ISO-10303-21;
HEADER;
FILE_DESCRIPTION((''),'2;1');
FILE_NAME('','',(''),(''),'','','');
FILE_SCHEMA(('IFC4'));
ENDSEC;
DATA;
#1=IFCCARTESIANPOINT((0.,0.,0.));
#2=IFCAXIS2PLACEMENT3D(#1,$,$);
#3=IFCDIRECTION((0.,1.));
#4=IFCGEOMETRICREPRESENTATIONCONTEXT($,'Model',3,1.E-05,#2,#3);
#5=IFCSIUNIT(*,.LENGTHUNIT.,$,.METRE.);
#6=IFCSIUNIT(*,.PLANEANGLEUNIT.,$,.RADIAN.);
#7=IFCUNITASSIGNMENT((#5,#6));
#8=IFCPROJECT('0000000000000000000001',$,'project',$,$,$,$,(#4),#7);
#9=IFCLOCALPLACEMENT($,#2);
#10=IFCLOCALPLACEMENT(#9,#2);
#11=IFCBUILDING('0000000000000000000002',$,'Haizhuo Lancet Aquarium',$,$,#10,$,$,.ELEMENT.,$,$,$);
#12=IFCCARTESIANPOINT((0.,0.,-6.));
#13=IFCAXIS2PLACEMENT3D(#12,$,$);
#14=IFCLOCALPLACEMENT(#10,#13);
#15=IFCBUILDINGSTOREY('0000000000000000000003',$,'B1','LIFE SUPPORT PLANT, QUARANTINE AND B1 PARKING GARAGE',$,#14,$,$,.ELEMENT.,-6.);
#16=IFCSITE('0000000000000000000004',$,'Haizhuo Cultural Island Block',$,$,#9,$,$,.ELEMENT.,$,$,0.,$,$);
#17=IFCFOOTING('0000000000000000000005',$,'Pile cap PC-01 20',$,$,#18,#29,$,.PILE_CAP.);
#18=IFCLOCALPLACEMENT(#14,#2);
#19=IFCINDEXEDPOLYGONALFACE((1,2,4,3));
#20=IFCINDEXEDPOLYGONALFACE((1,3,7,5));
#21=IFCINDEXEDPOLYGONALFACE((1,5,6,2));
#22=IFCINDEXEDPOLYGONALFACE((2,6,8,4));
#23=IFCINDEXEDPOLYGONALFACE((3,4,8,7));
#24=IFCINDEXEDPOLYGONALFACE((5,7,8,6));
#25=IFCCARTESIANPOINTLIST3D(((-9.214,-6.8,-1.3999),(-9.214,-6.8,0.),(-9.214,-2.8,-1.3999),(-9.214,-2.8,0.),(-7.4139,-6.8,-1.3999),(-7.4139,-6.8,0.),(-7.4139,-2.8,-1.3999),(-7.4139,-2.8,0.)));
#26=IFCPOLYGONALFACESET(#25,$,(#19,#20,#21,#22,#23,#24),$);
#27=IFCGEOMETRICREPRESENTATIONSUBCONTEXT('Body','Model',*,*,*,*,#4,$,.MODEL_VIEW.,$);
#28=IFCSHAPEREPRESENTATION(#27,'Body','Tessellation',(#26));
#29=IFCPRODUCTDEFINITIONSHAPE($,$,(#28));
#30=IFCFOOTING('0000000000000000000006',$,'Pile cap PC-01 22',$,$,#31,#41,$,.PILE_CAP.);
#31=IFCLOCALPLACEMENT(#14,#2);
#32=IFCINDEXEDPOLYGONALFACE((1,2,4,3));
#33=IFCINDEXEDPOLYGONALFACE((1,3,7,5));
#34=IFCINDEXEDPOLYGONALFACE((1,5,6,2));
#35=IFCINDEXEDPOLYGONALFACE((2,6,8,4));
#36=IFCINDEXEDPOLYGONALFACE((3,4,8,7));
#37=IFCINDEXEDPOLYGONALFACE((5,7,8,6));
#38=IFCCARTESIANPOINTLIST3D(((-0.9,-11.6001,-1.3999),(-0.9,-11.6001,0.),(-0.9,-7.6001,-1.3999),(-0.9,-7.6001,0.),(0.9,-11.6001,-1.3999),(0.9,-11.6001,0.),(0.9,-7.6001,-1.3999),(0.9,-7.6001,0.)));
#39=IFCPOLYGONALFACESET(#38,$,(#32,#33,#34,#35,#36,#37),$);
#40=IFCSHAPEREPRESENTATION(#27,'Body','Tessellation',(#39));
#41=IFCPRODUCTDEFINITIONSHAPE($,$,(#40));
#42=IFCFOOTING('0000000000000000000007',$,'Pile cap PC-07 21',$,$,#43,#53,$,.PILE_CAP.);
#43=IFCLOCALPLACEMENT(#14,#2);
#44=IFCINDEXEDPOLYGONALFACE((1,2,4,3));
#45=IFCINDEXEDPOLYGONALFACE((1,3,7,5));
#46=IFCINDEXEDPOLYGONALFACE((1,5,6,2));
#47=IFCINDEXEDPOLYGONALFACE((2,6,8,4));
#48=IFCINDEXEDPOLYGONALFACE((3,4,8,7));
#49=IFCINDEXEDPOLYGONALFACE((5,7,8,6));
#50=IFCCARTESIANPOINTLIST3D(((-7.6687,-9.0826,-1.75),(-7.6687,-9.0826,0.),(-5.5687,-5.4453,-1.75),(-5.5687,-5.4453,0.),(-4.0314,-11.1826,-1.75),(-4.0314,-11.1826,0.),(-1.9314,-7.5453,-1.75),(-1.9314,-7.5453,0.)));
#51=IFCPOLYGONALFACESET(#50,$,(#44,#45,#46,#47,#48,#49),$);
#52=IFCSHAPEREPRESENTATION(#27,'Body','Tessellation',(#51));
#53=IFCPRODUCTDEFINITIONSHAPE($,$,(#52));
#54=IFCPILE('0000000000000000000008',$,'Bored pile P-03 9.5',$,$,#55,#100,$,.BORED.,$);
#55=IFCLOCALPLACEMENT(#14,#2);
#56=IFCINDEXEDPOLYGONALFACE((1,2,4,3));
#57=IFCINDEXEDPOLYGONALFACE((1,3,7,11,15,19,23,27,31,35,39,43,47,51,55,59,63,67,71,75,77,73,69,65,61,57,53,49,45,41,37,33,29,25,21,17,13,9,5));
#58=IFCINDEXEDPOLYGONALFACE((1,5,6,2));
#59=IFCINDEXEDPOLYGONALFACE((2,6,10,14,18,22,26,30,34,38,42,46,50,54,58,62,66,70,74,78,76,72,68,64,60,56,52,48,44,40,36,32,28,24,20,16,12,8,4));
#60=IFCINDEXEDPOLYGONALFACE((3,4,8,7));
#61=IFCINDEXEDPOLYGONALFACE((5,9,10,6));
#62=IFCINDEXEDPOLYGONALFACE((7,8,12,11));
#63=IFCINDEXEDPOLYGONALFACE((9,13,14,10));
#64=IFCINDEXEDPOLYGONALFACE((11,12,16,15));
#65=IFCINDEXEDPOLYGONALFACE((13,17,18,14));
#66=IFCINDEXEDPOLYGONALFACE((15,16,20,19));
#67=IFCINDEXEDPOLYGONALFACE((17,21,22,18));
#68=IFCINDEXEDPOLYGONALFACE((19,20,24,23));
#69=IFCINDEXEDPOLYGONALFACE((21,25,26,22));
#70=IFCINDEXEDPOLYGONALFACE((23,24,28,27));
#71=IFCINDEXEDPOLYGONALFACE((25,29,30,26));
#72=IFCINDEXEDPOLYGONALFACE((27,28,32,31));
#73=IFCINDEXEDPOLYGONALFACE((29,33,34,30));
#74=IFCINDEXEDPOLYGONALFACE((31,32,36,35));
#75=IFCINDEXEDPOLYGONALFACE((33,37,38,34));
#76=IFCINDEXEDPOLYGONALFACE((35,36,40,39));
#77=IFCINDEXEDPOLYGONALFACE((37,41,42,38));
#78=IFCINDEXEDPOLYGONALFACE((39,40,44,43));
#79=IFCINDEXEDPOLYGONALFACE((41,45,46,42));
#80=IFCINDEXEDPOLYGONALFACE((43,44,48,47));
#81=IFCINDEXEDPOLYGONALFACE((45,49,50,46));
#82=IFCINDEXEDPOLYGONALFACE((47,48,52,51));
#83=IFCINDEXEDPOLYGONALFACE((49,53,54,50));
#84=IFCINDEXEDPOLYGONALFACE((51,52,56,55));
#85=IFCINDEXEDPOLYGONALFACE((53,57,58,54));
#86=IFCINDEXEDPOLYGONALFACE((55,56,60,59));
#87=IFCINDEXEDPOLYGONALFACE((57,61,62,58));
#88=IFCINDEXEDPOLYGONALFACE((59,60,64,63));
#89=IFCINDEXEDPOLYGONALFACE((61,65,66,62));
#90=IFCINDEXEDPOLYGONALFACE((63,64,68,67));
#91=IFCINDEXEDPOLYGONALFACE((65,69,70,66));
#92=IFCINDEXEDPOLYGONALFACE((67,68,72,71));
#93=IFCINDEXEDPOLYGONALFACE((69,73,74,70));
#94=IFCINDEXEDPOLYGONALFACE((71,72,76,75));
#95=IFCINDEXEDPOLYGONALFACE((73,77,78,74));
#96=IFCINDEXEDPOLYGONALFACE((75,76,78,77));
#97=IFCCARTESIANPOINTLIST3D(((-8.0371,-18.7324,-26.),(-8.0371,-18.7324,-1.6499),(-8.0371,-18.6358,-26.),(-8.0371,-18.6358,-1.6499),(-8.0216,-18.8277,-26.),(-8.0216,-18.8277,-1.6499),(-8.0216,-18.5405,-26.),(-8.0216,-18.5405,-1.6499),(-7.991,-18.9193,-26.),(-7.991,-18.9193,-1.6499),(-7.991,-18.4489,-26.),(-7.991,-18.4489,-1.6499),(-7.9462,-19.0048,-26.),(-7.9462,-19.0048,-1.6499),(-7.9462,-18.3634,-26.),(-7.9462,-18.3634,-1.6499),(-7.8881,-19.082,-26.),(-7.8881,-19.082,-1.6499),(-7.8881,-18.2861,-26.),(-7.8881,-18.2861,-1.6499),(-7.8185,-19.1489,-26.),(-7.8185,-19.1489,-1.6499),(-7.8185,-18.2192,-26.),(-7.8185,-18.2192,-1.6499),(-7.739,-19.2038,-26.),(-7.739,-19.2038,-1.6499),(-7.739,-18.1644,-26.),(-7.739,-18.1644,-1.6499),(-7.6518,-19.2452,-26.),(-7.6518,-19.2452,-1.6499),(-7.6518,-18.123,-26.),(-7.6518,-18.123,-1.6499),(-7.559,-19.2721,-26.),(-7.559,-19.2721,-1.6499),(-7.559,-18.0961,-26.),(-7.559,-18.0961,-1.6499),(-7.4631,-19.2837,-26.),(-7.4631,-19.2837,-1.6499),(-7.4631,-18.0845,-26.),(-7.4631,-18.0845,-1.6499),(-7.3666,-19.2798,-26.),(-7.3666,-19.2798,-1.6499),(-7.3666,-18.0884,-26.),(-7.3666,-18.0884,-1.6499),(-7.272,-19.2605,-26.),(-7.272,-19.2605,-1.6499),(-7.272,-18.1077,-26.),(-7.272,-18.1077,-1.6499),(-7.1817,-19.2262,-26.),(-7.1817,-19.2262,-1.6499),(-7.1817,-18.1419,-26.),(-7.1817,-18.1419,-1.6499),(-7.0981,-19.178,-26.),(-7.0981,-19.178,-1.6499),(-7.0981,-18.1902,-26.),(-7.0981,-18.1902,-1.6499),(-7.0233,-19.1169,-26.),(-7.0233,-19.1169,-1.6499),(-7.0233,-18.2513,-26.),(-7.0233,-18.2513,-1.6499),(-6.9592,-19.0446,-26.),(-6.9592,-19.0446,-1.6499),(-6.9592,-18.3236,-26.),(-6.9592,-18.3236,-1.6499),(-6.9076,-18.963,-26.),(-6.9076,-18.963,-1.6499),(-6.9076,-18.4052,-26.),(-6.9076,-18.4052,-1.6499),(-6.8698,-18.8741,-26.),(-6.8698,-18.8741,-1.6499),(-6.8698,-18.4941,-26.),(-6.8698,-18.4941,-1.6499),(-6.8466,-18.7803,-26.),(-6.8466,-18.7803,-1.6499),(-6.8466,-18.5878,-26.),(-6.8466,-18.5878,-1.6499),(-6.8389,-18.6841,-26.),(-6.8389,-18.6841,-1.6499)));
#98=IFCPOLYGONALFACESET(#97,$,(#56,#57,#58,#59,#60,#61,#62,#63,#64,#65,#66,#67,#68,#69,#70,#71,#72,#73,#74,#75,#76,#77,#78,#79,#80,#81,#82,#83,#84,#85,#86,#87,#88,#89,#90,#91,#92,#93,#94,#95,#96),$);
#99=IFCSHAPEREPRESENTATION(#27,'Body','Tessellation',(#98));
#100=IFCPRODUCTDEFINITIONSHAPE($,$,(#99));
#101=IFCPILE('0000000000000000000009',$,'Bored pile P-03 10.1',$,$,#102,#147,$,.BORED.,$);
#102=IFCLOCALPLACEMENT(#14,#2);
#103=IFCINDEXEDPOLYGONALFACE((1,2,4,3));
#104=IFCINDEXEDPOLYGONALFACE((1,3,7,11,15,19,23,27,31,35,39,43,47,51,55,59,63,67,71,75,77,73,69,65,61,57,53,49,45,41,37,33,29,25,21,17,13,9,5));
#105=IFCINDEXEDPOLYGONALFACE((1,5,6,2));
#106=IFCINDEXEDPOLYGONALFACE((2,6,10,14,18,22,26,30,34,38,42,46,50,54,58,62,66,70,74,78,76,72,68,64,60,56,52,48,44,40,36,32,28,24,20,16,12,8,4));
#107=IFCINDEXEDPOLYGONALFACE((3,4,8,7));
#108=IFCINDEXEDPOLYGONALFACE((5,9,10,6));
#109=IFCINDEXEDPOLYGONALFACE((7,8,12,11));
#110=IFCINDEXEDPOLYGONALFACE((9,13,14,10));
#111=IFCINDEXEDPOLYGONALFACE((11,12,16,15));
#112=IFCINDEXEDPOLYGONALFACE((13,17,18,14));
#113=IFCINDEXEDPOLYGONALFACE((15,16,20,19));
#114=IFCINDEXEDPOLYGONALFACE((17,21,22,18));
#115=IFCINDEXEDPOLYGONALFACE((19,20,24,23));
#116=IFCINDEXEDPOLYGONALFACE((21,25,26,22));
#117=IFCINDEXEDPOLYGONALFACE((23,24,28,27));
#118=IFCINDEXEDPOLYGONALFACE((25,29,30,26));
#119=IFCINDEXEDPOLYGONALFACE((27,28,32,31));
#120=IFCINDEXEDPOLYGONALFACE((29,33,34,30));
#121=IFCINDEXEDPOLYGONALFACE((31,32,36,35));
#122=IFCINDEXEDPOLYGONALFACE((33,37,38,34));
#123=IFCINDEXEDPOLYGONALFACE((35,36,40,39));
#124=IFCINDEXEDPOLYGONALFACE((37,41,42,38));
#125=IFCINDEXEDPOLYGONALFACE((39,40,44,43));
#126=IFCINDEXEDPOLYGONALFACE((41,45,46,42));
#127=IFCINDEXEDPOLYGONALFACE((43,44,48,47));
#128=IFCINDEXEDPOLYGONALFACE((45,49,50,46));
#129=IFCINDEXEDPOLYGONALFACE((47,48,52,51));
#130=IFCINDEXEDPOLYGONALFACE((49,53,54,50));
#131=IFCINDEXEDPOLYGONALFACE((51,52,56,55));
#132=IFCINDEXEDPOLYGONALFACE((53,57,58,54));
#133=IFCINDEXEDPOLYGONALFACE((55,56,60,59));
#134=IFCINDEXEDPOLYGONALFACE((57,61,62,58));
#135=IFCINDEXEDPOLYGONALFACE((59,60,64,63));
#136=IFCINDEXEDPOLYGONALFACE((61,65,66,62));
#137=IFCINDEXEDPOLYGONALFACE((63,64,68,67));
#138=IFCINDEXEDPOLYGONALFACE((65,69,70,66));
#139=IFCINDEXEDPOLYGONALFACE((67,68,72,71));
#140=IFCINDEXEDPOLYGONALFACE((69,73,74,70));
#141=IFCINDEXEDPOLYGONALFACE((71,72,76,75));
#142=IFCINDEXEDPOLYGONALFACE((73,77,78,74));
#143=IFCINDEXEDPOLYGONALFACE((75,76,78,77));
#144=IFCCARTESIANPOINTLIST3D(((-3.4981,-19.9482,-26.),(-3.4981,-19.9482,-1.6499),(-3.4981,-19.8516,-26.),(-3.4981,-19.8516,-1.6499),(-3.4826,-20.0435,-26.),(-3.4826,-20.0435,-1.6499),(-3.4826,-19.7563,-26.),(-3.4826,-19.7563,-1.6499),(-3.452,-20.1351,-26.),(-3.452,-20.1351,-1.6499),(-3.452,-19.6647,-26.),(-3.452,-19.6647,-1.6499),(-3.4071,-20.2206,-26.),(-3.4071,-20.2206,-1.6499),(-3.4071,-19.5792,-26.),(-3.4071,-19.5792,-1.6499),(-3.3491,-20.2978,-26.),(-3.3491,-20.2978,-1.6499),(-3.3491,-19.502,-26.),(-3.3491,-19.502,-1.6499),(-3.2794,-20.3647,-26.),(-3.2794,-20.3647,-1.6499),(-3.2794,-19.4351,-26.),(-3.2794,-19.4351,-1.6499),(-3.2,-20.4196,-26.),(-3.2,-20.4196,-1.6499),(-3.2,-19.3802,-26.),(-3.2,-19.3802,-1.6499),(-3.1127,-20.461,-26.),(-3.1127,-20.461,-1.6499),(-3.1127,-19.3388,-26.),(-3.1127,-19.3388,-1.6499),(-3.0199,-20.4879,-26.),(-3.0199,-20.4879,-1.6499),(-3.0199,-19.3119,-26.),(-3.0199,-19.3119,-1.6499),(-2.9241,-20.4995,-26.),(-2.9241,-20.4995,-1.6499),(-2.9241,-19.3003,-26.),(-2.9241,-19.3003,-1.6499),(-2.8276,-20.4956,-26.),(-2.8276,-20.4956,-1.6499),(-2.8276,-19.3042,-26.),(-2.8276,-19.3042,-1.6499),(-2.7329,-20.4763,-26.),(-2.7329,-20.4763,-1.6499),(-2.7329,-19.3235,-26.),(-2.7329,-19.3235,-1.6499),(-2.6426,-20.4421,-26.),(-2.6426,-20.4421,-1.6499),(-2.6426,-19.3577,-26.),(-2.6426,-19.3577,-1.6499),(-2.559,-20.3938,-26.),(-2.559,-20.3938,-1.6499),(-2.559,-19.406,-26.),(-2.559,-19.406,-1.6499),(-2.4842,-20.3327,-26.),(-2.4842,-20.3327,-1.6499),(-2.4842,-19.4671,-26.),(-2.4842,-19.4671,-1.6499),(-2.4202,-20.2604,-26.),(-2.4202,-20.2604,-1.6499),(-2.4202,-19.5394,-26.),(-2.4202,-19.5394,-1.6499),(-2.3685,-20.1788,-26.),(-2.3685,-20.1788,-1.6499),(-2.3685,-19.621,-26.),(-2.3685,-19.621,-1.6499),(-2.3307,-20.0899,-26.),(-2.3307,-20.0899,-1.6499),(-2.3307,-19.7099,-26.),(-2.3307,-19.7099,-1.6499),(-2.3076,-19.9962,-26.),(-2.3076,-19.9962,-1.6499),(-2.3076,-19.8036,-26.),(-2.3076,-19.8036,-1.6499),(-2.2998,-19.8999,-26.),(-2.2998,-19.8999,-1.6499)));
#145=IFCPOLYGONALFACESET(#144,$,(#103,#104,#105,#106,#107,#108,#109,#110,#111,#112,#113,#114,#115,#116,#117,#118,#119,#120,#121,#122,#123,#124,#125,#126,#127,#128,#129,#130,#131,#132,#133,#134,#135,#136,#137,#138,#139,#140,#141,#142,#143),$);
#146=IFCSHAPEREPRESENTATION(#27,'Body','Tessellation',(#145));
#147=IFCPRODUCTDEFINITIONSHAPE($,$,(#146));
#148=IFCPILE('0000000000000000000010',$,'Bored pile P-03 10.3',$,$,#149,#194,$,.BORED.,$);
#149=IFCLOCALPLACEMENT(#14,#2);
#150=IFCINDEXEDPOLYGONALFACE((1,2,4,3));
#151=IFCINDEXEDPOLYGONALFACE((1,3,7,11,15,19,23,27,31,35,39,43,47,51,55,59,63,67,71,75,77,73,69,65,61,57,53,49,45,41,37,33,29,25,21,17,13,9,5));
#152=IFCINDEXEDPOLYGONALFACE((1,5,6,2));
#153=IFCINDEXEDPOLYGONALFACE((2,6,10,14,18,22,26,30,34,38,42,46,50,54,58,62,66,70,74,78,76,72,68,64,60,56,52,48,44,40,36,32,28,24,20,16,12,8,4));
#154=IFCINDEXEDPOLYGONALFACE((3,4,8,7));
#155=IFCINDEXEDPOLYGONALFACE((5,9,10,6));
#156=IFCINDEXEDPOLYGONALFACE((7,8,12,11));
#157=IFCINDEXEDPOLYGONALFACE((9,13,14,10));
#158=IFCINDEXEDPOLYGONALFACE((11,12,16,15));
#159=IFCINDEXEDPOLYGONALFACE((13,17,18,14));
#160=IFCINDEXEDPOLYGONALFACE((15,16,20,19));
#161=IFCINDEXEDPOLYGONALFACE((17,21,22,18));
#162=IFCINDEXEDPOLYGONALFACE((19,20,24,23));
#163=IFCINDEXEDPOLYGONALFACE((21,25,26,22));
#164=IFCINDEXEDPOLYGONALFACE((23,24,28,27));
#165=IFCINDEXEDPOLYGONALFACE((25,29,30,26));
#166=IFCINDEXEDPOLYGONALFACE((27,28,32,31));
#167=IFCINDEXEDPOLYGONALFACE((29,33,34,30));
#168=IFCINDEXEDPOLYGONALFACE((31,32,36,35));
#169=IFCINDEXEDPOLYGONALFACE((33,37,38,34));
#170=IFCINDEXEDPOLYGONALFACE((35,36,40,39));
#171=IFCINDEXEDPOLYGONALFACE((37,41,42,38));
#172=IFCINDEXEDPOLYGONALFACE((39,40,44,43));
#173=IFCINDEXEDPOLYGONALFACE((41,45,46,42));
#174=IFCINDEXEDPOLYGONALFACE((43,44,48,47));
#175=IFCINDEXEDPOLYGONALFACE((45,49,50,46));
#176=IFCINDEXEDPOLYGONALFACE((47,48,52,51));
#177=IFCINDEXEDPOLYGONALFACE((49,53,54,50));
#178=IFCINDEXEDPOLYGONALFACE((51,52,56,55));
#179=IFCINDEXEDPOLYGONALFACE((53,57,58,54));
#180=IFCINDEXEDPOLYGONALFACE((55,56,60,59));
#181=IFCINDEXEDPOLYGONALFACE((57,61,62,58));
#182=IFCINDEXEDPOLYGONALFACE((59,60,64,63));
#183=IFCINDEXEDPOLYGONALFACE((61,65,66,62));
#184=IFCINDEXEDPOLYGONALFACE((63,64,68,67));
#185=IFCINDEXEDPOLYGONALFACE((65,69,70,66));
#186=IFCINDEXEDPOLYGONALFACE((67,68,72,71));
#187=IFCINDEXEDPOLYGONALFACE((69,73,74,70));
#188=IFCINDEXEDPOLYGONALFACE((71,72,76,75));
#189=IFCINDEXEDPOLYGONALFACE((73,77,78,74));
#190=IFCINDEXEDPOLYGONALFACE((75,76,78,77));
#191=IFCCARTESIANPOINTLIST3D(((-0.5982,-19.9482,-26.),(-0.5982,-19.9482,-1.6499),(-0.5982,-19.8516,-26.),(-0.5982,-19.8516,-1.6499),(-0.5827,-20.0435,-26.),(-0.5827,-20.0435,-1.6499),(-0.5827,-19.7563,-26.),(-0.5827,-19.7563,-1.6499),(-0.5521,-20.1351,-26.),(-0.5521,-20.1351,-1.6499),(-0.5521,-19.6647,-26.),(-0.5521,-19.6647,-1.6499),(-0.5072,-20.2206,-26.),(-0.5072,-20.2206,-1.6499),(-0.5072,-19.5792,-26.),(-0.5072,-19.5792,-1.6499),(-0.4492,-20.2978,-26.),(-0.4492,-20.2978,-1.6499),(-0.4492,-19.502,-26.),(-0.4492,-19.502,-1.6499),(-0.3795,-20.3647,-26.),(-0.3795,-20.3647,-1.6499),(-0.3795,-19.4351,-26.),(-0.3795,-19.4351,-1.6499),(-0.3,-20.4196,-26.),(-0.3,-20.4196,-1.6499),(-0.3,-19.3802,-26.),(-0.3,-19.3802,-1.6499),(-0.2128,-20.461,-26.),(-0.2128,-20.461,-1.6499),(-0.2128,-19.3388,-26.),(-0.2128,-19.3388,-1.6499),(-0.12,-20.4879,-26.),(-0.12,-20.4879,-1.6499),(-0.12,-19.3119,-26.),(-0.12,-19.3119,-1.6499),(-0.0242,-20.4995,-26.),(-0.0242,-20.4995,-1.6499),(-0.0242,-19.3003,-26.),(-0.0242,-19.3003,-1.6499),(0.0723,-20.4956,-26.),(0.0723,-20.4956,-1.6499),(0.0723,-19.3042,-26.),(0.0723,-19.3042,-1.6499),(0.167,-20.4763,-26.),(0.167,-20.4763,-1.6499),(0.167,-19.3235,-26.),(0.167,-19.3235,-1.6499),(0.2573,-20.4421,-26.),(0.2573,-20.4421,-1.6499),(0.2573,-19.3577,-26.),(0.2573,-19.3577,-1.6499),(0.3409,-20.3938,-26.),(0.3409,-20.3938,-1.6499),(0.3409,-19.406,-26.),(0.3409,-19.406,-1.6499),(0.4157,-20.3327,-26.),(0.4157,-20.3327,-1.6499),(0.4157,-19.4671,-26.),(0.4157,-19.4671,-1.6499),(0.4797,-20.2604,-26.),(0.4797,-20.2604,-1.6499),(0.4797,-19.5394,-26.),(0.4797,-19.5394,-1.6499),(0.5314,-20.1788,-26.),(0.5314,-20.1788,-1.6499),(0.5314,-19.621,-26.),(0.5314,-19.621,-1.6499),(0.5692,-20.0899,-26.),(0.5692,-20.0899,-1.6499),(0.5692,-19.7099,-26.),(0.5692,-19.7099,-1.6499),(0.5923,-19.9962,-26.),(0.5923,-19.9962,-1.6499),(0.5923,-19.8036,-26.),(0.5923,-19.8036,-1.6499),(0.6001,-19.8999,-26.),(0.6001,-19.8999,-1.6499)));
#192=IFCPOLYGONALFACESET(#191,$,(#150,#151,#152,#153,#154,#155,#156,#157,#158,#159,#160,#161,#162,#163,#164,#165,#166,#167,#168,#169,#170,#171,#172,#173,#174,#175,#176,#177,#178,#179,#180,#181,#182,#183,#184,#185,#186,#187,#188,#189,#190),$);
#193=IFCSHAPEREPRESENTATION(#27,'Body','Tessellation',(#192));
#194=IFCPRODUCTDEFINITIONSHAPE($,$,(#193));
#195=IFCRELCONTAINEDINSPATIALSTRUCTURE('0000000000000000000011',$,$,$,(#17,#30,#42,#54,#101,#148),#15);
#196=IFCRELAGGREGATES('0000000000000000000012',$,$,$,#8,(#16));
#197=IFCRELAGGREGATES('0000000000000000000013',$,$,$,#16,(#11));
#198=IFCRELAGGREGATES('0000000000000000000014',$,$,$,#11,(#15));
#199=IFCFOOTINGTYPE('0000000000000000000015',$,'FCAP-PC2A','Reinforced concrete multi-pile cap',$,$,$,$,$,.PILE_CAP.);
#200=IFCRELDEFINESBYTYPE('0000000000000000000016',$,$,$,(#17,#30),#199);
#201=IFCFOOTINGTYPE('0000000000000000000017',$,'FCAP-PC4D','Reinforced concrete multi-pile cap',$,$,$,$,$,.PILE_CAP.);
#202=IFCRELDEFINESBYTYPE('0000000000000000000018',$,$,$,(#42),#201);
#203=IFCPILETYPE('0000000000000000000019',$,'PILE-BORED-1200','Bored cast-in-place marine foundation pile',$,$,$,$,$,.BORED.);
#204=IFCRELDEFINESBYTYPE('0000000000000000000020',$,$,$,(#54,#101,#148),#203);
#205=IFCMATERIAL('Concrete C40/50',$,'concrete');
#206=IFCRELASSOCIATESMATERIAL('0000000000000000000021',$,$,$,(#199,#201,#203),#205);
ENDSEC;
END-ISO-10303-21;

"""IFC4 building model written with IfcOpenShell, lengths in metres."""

from ifc_helpers import new_model, si_unit, direction, frame, origin, origin_2d, place, context, subcontext, project, spatial, rectangle, circle, extrude, material, material_profile, profile_set, type_object, element, save


model = new_model("IFC4")

# Units and contexts
model_context = context("Model", 3, precision=1e-05, world=origin(), true_north=direction((0.0, 1.0)))
body_context = subcontext(model_context, "Body", "Model", "MODEL_VIEW")
ifc_project = project(units=[si_unit("LENGTHUNIT", "METRE"), si_unit("PLANEANGLEUNIT", "RADIAN")], contexts=[model_context])

# Site, building, storey
site_placement = place(None, origin())
site = spatial("IfcSite", under=ifc_project, at=site_placement, Name="Haizhuo Cultural Island Block", CompositionType="ELEMENT", RefElevation=0.0)
building_placement = place(site_placement, origin())
building = spatial("IfcBuilding", under=site, at=building_placement, Name="Haizhuo Lancet Aquarium", CompositionType="ELEMENT")
storey_placement = place(building_placement, frame((0.0, 0.0, -6.0)))
storey = spatial("IfcBuildingStorey", under=building, at=storey_placement, Name="B1", Description="LIFE SUPPORT PLANT, QUARANTINE AND B1 PARKING GARAGE", CompositionType="ELEMENT", Elevation=-6.0)

# Footings
ifc_material_1 = material(Name="Concrete C40/50", Category="concrete")
footing_type_1 = type_object("IfcFootingType", Name="FCAP-PC2A", Description="Reinforced concrete multi-pile cap", PredefinedType="PILE_CAP", material=ifc_material_1)
for number, where, z_axis, x_axis, name in (
    (1, (-8.314, -4.8, -1.3999), (0.0, 0.0, 1.0), (1.0, 0.0, 0.0), "Pile cap PC-01 20"),
    (2, (0.0, -9.6001, -1.3999), (0.0, 0.0, 1.0), (1.0, 0.0, 0.0), "Pile cap PC-01 22"),
):
    element("IfcFooting", number, at=place(storey_placement, frame(where, z_axis=z_axis, x_axis=x_axis)), inside=storey, type_object=footing_type_1, Name=name, PredefinedType="PILE_CAP", context=body_context, shape_type="SweptSolid", body=[
        extrude(rectangle(XDim=1.8, YDim=4.0, at=origin_2d()), origin(), (0.0, 0.0, 1.0), 1.3999),
    ])
footing_type_2 = type_object("IfcFootingType", Name="FCAP-PC4D", Description="Reinforced concrete multi-pile cap", PredefinedType="PILE_CAP", material=ifc_material_1)
footing_placement = place(storey_placement, frame((-4.8, -8.314, -1.75), z_axis=(0.0, 0.0, 1.0), x_axis=(-0.5, -0.866025, 0.0)))
element("IfcFooting", 3, at=footing_placement, inside=storey, type_object=footing_type_2, Name="Pile cap PC-07 21", PredefinedType="PILE_CAP", context=body_context, shape_type="SweptSolid", body=[
    extrude(rectangle(XDim=4.2, YDim=4.2, at=origin_2d()), origin(), (0.0, 0.0, 1.0), 1.75),
])

# Piles
ifc_material_profile_1 = material_profile(ifc_material_1, circle(Radius=0.6001, at=origin_2d()), Name="PILE-1200")
ifc_profile_set_1 = profile_set([ifc_material_profile_1], Name="Concrete C40/50")
pile_type_1 = type_object("IfcPileType", Name="PILE-BORED-1200", Description="Bored cast-in-place marine foundation pile", PredefinedType="BORED", material=ifc_profile_set_1)
for number, where, z_axis, x_axis, name in (
    (4, (-7.439, -18.6841, -1.6499), (0.0, 0.0, -1.0), (1.0, 0.0, 0.0), "Bored pile P-03 9.5"),
    (5, (-2.8999, -19.8999, -1.6499), (0.0, 0.0, -1.0), (1.0, 0.0, 0.0), "Bored pile P-03 10.1"),
    (6, (0.0, -19.8999, -1.6499), (0.0, 0.0, -1.0), (1.0, 0.0, 0.0), "Bored pile P-03 10.3"),
):
    element("IfcPile", number, at=place(storey_placement, frame(where, z_axis=z_axis, x_axis=x_axis)), inside=storey, type_object=pile_type_1, Name=name, PredefinedType="BORED", context=body_context, shape_type="SweptSolid", body=[
        extrude(circle(Radius=0.6001, at=origin_2d()), origin(), (0.0, 0.0, 1.0), 24.3501),
    ])

save(model, "model.ifc")
